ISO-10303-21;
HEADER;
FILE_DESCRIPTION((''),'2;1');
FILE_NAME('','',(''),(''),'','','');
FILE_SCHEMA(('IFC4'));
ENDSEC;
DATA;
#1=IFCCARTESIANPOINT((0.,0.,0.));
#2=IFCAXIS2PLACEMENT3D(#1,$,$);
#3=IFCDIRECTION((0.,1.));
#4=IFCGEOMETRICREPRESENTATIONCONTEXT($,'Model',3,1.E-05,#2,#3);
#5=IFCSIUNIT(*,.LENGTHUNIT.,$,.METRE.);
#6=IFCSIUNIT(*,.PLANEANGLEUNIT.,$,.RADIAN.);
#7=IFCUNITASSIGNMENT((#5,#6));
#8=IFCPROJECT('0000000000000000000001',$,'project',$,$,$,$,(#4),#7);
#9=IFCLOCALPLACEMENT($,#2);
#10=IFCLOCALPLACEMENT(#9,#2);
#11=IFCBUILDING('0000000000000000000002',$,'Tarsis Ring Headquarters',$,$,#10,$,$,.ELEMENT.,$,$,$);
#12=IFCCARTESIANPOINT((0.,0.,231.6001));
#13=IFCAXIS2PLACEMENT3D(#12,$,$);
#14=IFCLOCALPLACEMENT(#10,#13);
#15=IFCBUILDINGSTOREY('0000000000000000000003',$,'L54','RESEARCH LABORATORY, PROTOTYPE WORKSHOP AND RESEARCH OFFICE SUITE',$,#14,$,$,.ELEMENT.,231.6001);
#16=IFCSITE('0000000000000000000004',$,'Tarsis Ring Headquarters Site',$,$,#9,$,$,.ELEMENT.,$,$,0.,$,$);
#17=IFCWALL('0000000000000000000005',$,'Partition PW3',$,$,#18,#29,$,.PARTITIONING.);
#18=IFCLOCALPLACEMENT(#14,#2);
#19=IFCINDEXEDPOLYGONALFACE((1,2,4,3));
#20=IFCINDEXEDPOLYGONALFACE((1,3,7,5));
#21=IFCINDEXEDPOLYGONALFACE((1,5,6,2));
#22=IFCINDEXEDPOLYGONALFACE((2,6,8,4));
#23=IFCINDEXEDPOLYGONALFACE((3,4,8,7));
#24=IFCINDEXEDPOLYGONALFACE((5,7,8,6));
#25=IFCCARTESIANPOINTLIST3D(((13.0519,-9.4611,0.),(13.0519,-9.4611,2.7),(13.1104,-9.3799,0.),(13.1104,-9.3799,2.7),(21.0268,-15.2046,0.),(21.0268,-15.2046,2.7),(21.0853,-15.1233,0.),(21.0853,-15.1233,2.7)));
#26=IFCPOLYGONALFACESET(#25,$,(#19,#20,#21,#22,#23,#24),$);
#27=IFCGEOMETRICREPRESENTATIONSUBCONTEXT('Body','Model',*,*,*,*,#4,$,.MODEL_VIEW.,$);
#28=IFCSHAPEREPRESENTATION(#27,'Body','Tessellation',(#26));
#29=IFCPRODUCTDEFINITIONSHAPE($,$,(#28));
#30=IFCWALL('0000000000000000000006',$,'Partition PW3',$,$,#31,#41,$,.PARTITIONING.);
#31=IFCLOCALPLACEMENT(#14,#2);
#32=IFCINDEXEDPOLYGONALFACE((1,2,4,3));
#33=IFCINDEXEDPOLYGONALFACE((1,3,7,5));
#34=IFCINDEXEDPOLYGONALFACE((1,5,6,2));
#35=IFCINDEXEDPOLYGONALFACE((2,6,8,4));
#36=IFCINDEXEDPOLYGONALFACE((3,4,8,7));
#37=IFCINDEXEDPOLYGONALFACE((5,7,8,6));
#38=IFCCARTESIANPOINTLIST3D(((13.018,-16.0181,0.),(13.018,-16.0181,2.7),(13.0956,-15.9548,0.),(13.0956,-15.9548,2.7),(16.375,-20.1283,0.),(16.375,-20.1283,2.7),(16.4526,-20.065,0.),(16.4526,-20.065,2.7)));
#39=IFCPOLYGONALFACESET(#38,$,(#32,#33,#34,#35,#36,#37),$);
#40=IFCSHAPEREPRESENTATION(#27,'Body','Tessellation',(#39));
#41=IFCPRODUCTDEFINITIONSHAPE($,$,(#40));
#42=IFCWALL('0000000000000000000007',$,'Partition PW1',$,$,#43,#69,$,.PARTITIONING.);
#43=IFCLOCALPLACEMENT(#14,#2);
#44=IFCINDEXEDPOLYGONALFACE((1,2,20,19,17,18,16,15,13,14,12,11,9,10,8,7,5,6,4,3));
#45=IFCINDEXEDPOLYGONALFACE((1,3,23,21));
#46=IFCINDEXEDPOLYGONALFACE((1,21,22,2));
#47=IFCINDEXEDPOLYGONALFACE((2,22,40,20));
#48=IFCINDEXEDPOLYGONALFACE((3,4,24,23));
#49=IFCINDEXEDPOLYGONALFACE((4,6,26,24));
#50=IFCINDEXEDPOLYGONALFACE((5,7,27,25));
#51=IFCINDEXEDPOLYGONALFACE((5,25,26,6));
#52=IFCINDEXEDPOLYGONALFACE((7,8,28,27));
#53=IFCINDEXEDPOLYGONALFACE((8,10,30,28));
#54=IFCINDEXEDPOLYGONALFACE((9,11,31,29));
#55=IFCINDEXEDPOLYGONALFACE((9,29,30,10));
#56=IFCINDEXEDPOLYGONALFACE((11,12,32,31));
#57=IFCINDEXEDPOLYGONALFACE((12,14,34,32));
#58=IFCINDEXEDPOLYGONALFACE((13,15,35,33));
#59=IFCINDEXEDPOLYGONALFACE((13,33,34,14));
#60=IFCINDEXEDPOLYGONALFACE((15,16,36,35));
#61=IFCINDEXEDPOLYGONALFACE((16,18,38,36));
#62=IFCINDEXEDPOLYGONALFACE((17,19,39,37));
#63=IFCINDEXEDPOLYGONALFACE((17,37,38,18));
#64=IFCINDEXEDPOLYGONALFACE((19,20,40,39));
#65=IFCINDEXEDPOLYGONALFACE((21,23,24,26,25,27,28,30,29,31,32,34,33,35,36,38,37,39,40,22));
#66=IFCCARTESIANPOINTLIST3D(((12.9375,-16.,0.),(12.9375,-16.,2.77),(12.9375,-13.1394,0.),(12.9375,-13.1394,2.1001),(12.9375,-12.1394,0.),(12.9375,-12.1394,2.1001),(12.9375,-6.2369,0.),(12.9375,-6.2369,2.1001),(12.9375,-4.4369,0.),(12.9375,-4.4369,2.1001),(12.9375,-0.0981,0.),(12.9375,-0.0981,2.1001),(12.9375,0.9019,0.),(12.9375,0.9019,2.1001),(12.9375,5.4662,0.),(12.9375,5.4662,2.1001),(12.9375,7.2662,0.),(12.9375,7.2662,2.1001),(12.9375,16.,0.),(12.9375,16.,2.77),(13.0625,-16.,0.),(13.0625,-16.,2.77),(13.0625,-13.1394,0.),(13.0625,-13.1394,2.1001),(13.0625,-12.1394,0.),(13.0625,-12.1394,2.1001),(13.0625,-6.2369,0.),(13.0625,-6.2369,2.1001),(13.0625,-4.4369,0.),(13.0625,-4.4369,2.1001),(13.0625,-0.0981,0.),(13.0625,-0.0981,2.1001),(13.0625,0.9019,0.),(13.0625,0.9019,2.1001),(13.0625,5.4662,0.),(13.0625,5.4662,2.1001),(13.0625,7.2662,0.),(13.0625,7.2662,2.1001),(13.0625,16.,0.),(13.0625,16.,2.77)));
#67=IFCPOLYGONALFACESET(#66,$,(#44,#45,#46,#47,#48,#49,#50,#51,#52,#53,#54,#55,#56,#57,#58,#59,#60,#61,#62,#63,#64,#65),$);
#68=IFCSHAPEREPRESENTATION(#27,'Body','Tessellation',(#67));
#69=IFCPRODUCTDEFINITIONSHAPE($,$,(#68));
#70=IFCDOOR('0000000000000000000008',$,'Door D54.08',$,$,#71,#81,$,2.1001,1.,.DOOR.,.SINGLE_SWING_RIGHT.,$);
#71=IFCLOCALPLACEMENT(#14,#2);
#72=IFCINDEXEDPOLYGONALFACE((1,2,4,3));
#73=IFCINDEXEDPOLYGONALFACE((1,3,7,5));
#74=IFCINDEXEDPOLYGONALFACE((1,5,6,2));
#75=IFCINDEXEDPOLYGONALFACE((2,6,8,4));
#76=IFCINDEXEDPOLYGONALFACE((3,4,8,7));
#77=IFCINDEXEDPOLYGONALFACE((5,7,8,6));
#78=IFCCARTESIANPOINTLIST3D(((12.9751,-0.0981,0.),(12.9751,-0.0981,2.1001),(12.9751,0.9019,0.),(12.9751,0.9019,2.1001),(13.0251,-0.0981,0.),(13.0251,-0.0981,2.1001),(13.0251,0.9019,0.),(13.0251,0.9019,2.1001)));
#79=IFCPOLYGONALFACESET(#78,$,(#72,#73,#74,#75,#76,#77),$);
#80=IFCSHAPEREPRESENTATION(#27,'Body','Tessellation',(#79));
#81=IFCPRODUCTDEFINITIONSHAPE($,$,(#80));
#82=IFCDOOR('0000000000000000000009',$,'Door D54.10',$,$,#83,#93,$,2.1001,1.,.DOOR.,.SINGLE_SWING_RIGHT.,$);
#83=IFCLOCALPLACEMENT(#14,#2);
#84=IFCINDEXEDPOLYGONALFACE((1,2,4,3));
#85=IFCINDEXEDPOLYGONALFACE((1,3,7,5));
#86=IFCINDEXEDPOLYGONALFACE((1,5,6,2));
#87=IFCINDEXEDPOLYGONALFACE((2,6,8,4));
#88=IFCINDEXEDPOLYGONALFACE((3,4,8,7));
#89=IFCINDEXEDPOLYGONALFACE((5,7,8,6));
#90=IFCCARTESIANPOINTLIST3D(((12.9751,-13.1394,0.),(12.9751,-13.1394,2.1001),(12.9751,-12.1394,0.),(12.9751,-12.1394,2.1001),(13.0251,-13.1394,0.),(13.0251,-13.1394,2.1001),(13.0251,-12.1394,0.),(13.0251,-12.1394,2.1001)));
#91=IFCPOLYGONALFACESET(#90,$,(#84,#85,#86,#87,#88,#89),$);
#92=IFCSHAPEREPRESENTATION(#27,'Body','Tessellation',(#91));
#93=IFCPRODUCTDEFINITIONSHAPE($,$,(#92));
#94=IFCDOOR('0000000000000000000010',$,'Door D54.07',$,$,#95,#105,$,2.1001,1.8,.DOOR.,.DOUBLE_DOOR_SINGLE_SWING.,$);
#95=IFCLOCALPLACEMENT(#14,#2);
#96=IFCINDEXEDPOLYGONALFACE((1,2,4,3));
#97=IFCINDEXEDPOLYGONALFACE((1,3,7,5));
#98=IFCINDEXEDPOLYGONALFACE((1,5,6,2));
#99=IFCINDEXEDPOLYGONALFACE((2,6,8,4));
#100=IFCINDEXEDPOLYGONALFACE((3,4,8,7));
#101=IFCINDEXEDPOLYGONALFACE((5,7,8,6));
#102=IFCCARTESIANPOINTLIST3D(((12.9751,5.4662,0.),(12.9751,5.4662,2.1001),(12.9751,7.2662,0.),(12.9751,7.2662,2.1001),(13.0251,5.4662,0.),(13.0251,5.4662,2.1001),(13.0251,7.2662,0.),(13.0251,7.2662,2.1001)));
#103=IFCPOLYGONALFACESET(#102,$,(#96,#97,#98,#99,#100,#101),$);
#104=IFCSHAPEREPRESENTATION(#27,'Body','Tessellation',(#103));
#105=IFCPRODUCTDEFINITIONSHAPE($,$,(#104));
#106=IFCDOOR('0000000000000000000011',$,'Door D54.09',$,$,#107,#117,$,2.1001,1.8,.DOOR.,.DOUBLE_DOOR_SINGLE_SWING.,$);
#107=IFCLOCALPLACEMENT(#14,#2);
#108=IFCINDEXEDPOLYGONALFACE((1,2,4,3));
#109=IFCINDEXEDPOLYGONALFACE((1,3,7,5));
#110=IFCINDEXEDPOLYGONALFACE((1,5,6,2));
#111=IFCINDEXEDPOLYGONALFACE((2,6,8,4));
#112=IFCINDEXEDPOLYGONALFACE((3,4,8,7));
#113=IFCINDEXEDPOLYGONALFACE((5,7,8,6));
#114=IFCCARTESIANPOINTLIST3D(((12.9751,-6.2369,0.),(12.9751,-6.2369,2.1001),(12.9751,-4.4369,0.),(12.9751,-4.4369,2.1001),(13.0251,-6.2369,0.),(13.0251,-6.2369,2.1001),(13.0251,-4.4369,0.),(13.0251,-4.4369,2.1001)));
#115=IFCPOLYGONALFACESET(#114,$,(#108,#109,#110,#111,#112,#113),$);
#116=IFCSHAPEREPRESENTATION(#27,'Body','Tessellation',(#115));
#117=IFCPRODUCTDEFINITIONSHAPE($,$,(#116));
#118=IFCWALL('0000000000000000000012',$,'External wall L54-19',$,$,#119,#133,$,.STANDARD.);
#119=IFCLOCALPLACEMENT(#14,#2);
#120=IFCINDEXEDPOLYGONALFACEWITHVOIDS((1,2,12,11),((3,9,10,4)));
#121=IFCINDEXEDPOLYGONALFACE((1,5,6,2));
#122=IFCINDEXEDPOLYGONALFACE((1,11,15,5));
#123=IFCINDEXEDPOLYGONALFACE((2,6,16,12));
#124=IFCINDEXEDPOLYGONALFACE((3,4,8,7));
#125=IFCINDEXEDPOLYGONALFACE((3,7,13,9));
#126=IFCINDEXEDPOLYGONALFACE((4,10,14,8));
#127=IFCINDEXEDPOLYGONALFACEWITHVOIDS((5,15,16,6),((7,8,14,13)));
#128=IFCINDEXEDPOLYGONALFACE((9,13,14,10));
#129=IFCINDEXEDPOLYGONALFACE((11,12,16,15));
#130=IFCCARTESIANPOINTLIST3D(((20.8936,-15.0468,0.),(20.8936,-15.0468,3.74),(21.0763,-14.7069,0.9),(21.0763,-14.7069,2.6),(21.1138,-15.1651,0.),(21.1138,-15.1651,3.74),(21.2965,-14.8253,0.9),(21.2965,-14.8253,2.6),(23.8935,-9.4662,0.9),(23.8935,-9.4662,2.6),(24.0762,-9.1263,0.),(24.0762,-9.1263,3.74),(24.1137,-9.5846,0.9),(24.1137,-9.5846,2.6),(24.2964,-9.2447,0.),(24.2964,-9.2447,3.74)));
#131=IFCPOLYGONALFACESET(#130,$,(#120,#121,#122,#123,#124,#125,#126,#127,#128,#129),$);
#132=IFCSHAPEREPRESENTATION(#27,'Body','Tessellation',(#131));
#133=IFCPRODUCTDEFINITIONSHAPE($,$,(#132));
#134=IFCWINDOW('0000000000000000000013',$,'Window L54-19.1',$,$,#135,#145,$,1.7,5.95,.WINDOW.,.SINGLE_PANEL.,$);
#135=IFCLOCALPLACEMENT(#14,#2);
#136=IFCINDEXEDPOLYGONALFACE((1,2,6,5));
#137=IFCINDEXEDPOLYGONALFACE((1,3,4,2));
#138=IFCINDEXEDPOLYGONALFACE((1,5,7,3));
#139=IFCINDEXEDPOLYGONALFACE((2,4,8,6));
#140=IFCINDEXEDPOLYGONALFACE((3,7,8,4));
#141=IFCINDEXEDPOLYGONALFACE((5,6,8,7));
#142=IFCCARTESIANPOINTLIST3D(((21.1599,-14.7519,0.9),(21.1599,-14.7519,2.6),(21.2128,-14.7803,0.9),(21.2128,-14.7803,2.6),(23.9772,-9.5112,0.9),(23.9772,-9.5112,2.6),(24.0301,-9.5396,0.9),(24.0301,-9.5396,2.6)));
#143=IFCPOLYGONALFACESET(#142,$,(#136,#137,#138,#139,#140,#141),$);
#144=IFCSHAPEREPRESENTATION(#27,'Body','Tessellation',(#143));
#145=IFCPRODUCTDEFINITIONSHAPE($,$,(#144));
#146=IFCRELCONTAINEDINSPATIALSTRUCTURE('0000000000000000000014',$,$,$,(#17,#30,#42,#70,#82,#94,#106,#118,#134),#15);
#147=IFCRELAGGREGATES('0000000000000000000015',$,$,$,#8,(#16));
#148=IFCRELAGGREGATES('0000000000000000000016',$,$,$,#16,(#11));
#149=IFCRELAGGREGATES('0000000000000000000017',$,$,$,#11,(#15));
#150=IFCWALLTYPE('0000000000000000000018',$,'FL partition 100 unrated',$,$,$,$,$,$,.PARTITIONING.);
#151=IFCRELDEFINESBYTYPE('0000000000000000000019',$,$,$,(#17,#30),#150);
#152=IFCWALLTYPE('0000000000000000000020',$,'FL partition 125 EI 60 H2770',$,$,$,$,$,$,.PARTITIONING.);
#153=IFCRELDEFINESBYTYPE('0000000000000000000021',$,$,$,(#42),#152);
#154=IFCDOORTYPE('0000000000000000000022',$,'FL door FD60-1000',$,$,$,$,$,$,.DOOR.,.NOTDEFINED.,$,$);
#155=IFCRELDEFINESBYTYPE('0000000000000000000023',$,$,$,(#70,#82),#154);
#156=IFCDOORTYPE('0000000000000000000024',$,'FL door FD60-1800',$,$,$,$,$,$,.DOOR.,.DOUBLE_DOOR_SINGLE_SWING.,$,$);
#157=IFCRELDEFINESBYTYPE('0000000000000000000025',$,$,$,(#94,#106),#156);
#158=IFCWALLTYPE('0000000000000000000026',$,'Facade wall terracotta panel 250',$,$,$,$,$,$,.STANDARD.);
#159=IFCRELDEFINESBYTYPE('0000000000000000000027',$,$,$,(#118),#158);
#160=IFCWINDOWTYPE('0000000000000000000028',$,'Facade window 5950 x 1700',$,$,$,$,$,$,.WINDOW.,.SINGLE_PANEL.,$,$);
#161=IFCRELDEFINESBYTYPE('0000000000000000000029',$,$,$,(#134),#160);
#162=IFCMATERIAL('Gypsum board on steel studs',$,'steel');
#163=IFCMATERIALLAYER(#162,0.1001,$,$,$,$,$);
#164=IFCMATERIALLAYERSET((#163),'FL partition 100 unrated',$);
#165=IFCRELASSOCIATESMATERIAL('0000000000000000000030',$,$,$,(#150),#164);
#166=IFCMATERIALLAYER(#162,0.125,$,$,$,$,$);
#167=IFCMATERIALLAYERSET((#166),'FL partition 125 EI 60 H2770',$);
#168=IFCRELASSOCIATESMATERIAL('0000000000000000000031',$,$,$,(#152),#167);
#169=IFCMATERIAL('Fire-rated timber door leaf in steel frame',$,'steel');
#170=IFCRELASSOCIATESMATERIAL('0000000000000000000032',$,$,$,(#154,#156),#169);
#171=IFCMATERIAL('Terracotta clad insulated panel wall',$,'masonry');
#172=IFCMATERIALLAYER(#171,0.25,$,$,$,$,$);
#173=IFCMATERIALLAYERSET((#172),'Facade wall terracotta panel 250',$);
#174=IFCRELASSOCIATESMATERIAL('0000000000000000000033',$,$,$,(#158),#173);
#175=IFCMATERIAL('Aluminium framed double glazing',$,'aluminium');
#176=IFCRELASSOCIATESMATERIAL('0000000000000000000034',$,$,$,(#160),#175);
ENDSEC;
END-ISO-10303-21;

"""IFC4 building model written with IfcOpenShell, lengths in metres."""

from ifc_helpers import new_model, si_unit, direction, frame, frame_2d, origin, place, context, subcontext, project, spatial, rectangle, extrude, material, layer, layer_set, type_object, element, fill, save


model = new_model("IFC4")

# Units and contexts
model_context = context("Model", 3, precision=1e-05, world=origin(), true_north=direction((0.0, 1.0)))
body_context = subcontext(model_context, "Body", "Model", "MODEL_VIEW")
ifc_project = project(units=[si_unit("LENGTHUNIT", "METRE"), si_unit("PLANEANGLEUNIT", "RADIAN")], contexts=[model_context])

# Site, building, storey
site_placement = place(None, origin())
site = spatial("IfcSite", under=ifc_project, at=site_placement, Name="Tarsis Ring Headquarters Site", CompositionType="ELEMENT", RefElevation=0.0)
building_placement = place(site_placement, origin())
building = spatial("IfcBuilding", under=site, at=building_placement, Name="Tarsis Ring Headquarters", CompositionType="ELEMENT")
storey_placement = place(building_placement, frame((0.0, 0.0, 231.6001)))
storey = spatial("IfcBuildingStorey", under=building, at=storey_placement, Name="L54", Description="RESEARCH LABORATORY, PROTOTYPE WORKSHOP AND RESEARCH OFFICE SUITE", CompositionType="ELEMENT", Elevation=231.6001)

# Walls
ifc_material_1 = material(Name="Gypsum board on steel studs", Category="steel")
ifc_layer_1 = layer(ifc_material_1, 0.1001)
ifc_layer_set_1 = layer_set([ifc_layer_1], Name="FL partition 100 unrated")
wall_type_1 = type_object("IfcWallType", Name="FL partition 100 unrated", PredefinedType="PARTITIONING", material=ifc_layer_set_1)
wall_1_placement = place(storey_placement, frame((13.0811, -9.4204, 0.0), z_axis=(0.0, 0.0, 1.0), x_axis=(0.811461, -0.584406, 0.0)))
element("IfcWall", 1, at=wall_1_placement, inside=storey, type_object=wall_type_1, Name="Partition PW3", PredefinedType="PARTITIONING", context=body_context, shape_type="SweptSolid", body=[
    extrude(rectangle(XDim=9.8279, YDim=0.1001, at=frame_2d((4.9141, 0.0))), origin(), (0.0, 0.0, 1.0), 2.7),
])
wall_2_placement = place(storey_placement, frame((13.0569, -15.9866, 0.0), z_axis=(0.0, 0.0, 1.0), x_axis=(0.632574, -0.7745, 0.0)))
element("IfcWall", 2, at=wall_2_placement, inside=storey, type_object=wall_type_1, Name="Partition PW3", PredefinedType="PARTITIONING", context=body_context, shape_type="SweptSolid", body=[
    extrude(rectangle(XDim=5.3069, YDim=0.1001, at=frame_2d((2.6533, 0.0))), origin(), (0.0, 0.0, 1.0), 2.7),
])

# Wall, openings, doors
ifc_layer_2 = layer(ifc_material_1, 0.125)
ifc_layer_set_2 = layer_set([ifc_layer_2], Name="FL partition 125 EI 60 H2770")
wall_type_2 = type_object("IfcWallType", Name="FL partition 125 EI 60 H2770", PredefinedType="PARTITIONING", material=ifc_layer_set_2)
wall_3_placement = place(storey_placement, frame((13.0, -16.0, 0.0), z_axis=(0.0, 0.0, 1.0), x_axis=(0.0, 1.0, 0.0)))
wall_3 = element("IfcWall", 3, at=wall_3_placement, inside=storey, type_object=wall_type_2, Name="Partition PW1", PredefinedType="PARTITIONING", context=body_context, shape_type="SweptSolid", body=[
    extrude(rectangle(XDim=32.0, YDim=0.125, at=frame_2d((16.0, 0.0))), origin(), (0.0, 0.0, 1.0), 2.77),
])
opening_1_placement = place(wall_3_placement, frame((21.4663, 0.0, 0.0)))
opening_1 = element("IfcOpeningElement", 4, at=opening_1_placement, cuts=wall_3, PredefinedType="OPENING", context=body_context, shape_type="SweptSolid", body=[
    extrude(rectangle(XDim=1.8, YDim=2.1001, at=frame_2d((0.8999, 1.05))), frame((0.0, 0.0725, 0.0), z_axis=(0.0, -1.0, 0.0), x_axis=(1.0, 0.0, 0.0)), (0.0, 0.0, 1.0), 0.145),
])
opening_2_placement = place(wall_3_placement, frame((15.9019, 0.0, 0.0)))
opening_2 = element("IfcOpeningElement", 5, at=opening_2_placement, cuts=wall_3, PredefinedType="OPENING", context=body_context, shape_type="SweptSolid", body=[
    extrude(rectangle(XDim=1.0, YDim=2.1001, at=frame_2d((0.5, 1.05))), frame((0.0, 0.0725, 0.0), z_axis=(0.0, -1.0, 0.0), x_axis=(1.0, 0.0, 0.0)), (0.0, 0.0, 1.0), 0.145),
])
opening_3_placement = place(wall_3_placement, frame((9.7632, 0.0, 0.0)))
opening_3 = element("IfcOpeningElement", 6, at=opening_3_placement, cuts=wall_3, PredefinedType="OPENING", context=body_context, shape_type="SweptSolid", body=[
    extrude(rectangle(XDim=1.8, YDim=2.1001, at=frame_2d((0.8999, 1.05))), frame((0.0, 0.0725, 0.0), z_axis=(0.0, -1.0, 0.0), x_axis=(1.0, 0.0, 0.0)), (0.0, 0.0, 1.0), 0.145),
])
opening_4_placement = place(wall_3_placement, frame((2.8606, 0.0, 0.0)))
opening_4 = element("IfcOpeningElement", 7, at=opening_4_placement, cuts=wall_3, PredefinedType="OPENING", context=body_context, shape_type="SweptSolid", body=[
    extrude(rectangle(XDim=1.0, YDim=2.1001, at=frame_2d((0.5, 1.05))), frame((0.0, 0.0725, 0.0), z_axis=(0.0, -1.0, 0.0), x_axis=(1.0, 0.0, 0.0)), (0.0, 0.0, 1.0), 0.145),
])
ifc_material_2 = material(Name="Fire-rated timber door leaf in steel frame", Category="steel")
door_type_1 = type_object("IfcDoorType", Name="FL door FD60-1000", OperationType="NOTDEFINED", PredefinedType="DOOR", material=ifc_material_2)
door_1_placement = place(opening_2_placement, origin())
door_1 = element("IfcDoor", 8, at=door_1_placement, inside=storey, type_object=door_type_1, Name="Door D54.08", OperationType="SINGLE_SWING_RIGHT", OverallHeight=2.1001, OverallWidth=1.0, PredefinedType="DOOR", context=body_context, shape_type="SweptSolid", body=[
    extrude(rectangle(XDim=1.0, YDim=2.1001, at=frame_2d((0.5, 1.05))), frame((0.0, 0.0249, 0.0), z_axis=(0.0, -1.0, 0.0), x_axis=(1.0, 0.0, 0.0)), (0.0, 0.0, 1.0), 0.05),
])
fill(opening_2, door_1)
door_2_placement = place(opening_4_placement, origin())
door_2 = element("IfcDoor", 9, at=door_2_placement, inside=storey, type_object=door_type_1, Name="Door D54.10", OperationType="SINGLE_SWING_RIGHT", OverallHeight=2.1001, OverallWidth=1.0, PredefinedType="DOOR", context=body_context, shape_type="SweptSolid", body=[
    extrude(rectangle(XDim=1.0, YDim=2.1001, at=frame_2d((0.5, 1.05))), frame((0.0, 0.0249, 0.0), z_axis=(0.0, -1.0, 0.0), x_axis=(1.0, 0.0, 0.0)), (0.0, 0.0, 1.0), 0.05),
])
fill(opening_4, door_2)
door_type_2 = type_object("IfcDoorType", Name="FL door FD60-1800", OperationType="DOUBLE_DOOR_SINGLE_SWING", PredefinedType="DOOR", material=ifc_material_2)
door_3_placement = place(opening_1_placement, origin())
door_3 = element("IfcDoor", 10, at=door_3_placement, inside=storey, type_object=door_type_2, Name="Door D54.07", OperationType="DOUBLE_DOOR_SINGLE_SWING", OverallHeight=2.1001, OverallWidth=1.8, PredefinedType="DOOR", context=body_context, shape_type="SweptSolid", body=[
    extrude(rectangle(XDim=1.8, YDim=2.1001, at=frame_2d((0.8999, 1.05))), frame((0.0, 0.0249, 0.0), z_axis=(0.0, -1.0, 0.0), x_axis=(1.0, 0.0, 0.0)), (0.0, 0.0, 1.0), 0.05),
])
fill(opening_1, door_3)
door_4_placement = place(opening_3_placement, origin())
door_4 = element("IfcDoor", 11, at=door_4_placement, inside=storey, type_object=door_type_2, Name="Door D54.09", OperationType="DOUBLE_DOOR_SINGLE_SWING", OverallHeight=2.1001, OverallWidth=1.8, PredefinedType="DOOR", context=body_context, shape_type="SweptSolid", body=[
    extrude(rectangle(XDim=1.8, YDim=2.1001, at=frame_2d((0.8999, 1.05))), frame((0.0, 0.0249, 0.0), z_axis=(0.0, -1.0, 0.0), x_axis=(1.0, 0.0, 0.0)), (0.0, 0.0, 1.0), 0.05),
])
fill(opening_3, door_4)

# Wall, opening, window
ifc_material_3 = material(Name="Terracotta clad insulated panel wall", Category="masonry")
ifc_layer_3 = layer(ifc_material_3, 0.25)
ifc_layer_set_3 = layer_set([ifc_layer_3], Name="Facade wall terracotta panel 250")
wall_type_3 = type_object("IfcWallType", Name="Facade wall terracotta panel 250", PredefinedType="STANDARD", material=ifc_layer_set_3)
wall_4_placement = place(storey_placement, frame((21.0037, -15.106, 0.0), z_axis=(0.0, 0.0, 1.0), x_axis=(0.473489, 0.8808, 0.0)))
wall_4 = element("IfcWall", 12, at=wall_4_placement, inside=storey, type_object=wall_type_3, Name="External wall L54-19", PredefinedType="STANDARD", context=body_context, shape_type="SweptSolid", body=[
    extrude(rectangle(XDim=6.7217, YDim=0.25, at=frame_2d((3.3608, 0.0))), origin(), (0.0, 0.0, 1.0), 3.74),
])
opening_5_placement = place(wall_4_placement, frame((0.3857, 0.0, 0.8999)))
opening_5 = element("IfcOpeningElement", 13, at=opening_5_placement, cuts=wall_4, PredefinedType="OPENING", context=body_context, shape_type="SweptSolid", body=[
    extrude(rectangle(XDim=5.95, YDim=1.7, at=frame_2d((2.9751, 0.8501))), frame((0.0, 0.135, 0.0), z_axis=(0.0, -1.0, 0.0), x_axis=(1.0, 0.0, 0.0)), (0.0, 0.0, 1.0), 0.27),
])
ifc_material_4 = material(Name="Aluminium framed double glazing", Category="aluminium")
window_type = type_object("IfcWindowType", Name="Facade window 5950 x 1700", PartitioningType="SINGLE_PANEL", PredefinedType="WINDOW", material=ifc_material_4)
window_1_placement = place(opening_5_placement, origin())
window_1 = element("IfcWindow", 14, at=window_1_placement, inside=storey, type_object=window_type, Name="Window L54-19.1", OverallHeight=1.7, OverallWidth=5.95, PartitioningType="SINGLE_PANEL", PredefinedType="WINDOW", context=body_context, shape_type="SweptSolid", body=[
    extrude(rectangle(XDim=5.95, YDim=1.7, at=frame_2d((2.9751, 0.8501))), frame((0.0, 0.03, 0.0), z_axis=(0.0, -1.0, 0.0), x_axis=(1.0, 0.0, 0.0)), (0.0, 0.0, 1.0), 0.0601),
])
fill(opening_5, window_1)

save(model, "model.ifc")
